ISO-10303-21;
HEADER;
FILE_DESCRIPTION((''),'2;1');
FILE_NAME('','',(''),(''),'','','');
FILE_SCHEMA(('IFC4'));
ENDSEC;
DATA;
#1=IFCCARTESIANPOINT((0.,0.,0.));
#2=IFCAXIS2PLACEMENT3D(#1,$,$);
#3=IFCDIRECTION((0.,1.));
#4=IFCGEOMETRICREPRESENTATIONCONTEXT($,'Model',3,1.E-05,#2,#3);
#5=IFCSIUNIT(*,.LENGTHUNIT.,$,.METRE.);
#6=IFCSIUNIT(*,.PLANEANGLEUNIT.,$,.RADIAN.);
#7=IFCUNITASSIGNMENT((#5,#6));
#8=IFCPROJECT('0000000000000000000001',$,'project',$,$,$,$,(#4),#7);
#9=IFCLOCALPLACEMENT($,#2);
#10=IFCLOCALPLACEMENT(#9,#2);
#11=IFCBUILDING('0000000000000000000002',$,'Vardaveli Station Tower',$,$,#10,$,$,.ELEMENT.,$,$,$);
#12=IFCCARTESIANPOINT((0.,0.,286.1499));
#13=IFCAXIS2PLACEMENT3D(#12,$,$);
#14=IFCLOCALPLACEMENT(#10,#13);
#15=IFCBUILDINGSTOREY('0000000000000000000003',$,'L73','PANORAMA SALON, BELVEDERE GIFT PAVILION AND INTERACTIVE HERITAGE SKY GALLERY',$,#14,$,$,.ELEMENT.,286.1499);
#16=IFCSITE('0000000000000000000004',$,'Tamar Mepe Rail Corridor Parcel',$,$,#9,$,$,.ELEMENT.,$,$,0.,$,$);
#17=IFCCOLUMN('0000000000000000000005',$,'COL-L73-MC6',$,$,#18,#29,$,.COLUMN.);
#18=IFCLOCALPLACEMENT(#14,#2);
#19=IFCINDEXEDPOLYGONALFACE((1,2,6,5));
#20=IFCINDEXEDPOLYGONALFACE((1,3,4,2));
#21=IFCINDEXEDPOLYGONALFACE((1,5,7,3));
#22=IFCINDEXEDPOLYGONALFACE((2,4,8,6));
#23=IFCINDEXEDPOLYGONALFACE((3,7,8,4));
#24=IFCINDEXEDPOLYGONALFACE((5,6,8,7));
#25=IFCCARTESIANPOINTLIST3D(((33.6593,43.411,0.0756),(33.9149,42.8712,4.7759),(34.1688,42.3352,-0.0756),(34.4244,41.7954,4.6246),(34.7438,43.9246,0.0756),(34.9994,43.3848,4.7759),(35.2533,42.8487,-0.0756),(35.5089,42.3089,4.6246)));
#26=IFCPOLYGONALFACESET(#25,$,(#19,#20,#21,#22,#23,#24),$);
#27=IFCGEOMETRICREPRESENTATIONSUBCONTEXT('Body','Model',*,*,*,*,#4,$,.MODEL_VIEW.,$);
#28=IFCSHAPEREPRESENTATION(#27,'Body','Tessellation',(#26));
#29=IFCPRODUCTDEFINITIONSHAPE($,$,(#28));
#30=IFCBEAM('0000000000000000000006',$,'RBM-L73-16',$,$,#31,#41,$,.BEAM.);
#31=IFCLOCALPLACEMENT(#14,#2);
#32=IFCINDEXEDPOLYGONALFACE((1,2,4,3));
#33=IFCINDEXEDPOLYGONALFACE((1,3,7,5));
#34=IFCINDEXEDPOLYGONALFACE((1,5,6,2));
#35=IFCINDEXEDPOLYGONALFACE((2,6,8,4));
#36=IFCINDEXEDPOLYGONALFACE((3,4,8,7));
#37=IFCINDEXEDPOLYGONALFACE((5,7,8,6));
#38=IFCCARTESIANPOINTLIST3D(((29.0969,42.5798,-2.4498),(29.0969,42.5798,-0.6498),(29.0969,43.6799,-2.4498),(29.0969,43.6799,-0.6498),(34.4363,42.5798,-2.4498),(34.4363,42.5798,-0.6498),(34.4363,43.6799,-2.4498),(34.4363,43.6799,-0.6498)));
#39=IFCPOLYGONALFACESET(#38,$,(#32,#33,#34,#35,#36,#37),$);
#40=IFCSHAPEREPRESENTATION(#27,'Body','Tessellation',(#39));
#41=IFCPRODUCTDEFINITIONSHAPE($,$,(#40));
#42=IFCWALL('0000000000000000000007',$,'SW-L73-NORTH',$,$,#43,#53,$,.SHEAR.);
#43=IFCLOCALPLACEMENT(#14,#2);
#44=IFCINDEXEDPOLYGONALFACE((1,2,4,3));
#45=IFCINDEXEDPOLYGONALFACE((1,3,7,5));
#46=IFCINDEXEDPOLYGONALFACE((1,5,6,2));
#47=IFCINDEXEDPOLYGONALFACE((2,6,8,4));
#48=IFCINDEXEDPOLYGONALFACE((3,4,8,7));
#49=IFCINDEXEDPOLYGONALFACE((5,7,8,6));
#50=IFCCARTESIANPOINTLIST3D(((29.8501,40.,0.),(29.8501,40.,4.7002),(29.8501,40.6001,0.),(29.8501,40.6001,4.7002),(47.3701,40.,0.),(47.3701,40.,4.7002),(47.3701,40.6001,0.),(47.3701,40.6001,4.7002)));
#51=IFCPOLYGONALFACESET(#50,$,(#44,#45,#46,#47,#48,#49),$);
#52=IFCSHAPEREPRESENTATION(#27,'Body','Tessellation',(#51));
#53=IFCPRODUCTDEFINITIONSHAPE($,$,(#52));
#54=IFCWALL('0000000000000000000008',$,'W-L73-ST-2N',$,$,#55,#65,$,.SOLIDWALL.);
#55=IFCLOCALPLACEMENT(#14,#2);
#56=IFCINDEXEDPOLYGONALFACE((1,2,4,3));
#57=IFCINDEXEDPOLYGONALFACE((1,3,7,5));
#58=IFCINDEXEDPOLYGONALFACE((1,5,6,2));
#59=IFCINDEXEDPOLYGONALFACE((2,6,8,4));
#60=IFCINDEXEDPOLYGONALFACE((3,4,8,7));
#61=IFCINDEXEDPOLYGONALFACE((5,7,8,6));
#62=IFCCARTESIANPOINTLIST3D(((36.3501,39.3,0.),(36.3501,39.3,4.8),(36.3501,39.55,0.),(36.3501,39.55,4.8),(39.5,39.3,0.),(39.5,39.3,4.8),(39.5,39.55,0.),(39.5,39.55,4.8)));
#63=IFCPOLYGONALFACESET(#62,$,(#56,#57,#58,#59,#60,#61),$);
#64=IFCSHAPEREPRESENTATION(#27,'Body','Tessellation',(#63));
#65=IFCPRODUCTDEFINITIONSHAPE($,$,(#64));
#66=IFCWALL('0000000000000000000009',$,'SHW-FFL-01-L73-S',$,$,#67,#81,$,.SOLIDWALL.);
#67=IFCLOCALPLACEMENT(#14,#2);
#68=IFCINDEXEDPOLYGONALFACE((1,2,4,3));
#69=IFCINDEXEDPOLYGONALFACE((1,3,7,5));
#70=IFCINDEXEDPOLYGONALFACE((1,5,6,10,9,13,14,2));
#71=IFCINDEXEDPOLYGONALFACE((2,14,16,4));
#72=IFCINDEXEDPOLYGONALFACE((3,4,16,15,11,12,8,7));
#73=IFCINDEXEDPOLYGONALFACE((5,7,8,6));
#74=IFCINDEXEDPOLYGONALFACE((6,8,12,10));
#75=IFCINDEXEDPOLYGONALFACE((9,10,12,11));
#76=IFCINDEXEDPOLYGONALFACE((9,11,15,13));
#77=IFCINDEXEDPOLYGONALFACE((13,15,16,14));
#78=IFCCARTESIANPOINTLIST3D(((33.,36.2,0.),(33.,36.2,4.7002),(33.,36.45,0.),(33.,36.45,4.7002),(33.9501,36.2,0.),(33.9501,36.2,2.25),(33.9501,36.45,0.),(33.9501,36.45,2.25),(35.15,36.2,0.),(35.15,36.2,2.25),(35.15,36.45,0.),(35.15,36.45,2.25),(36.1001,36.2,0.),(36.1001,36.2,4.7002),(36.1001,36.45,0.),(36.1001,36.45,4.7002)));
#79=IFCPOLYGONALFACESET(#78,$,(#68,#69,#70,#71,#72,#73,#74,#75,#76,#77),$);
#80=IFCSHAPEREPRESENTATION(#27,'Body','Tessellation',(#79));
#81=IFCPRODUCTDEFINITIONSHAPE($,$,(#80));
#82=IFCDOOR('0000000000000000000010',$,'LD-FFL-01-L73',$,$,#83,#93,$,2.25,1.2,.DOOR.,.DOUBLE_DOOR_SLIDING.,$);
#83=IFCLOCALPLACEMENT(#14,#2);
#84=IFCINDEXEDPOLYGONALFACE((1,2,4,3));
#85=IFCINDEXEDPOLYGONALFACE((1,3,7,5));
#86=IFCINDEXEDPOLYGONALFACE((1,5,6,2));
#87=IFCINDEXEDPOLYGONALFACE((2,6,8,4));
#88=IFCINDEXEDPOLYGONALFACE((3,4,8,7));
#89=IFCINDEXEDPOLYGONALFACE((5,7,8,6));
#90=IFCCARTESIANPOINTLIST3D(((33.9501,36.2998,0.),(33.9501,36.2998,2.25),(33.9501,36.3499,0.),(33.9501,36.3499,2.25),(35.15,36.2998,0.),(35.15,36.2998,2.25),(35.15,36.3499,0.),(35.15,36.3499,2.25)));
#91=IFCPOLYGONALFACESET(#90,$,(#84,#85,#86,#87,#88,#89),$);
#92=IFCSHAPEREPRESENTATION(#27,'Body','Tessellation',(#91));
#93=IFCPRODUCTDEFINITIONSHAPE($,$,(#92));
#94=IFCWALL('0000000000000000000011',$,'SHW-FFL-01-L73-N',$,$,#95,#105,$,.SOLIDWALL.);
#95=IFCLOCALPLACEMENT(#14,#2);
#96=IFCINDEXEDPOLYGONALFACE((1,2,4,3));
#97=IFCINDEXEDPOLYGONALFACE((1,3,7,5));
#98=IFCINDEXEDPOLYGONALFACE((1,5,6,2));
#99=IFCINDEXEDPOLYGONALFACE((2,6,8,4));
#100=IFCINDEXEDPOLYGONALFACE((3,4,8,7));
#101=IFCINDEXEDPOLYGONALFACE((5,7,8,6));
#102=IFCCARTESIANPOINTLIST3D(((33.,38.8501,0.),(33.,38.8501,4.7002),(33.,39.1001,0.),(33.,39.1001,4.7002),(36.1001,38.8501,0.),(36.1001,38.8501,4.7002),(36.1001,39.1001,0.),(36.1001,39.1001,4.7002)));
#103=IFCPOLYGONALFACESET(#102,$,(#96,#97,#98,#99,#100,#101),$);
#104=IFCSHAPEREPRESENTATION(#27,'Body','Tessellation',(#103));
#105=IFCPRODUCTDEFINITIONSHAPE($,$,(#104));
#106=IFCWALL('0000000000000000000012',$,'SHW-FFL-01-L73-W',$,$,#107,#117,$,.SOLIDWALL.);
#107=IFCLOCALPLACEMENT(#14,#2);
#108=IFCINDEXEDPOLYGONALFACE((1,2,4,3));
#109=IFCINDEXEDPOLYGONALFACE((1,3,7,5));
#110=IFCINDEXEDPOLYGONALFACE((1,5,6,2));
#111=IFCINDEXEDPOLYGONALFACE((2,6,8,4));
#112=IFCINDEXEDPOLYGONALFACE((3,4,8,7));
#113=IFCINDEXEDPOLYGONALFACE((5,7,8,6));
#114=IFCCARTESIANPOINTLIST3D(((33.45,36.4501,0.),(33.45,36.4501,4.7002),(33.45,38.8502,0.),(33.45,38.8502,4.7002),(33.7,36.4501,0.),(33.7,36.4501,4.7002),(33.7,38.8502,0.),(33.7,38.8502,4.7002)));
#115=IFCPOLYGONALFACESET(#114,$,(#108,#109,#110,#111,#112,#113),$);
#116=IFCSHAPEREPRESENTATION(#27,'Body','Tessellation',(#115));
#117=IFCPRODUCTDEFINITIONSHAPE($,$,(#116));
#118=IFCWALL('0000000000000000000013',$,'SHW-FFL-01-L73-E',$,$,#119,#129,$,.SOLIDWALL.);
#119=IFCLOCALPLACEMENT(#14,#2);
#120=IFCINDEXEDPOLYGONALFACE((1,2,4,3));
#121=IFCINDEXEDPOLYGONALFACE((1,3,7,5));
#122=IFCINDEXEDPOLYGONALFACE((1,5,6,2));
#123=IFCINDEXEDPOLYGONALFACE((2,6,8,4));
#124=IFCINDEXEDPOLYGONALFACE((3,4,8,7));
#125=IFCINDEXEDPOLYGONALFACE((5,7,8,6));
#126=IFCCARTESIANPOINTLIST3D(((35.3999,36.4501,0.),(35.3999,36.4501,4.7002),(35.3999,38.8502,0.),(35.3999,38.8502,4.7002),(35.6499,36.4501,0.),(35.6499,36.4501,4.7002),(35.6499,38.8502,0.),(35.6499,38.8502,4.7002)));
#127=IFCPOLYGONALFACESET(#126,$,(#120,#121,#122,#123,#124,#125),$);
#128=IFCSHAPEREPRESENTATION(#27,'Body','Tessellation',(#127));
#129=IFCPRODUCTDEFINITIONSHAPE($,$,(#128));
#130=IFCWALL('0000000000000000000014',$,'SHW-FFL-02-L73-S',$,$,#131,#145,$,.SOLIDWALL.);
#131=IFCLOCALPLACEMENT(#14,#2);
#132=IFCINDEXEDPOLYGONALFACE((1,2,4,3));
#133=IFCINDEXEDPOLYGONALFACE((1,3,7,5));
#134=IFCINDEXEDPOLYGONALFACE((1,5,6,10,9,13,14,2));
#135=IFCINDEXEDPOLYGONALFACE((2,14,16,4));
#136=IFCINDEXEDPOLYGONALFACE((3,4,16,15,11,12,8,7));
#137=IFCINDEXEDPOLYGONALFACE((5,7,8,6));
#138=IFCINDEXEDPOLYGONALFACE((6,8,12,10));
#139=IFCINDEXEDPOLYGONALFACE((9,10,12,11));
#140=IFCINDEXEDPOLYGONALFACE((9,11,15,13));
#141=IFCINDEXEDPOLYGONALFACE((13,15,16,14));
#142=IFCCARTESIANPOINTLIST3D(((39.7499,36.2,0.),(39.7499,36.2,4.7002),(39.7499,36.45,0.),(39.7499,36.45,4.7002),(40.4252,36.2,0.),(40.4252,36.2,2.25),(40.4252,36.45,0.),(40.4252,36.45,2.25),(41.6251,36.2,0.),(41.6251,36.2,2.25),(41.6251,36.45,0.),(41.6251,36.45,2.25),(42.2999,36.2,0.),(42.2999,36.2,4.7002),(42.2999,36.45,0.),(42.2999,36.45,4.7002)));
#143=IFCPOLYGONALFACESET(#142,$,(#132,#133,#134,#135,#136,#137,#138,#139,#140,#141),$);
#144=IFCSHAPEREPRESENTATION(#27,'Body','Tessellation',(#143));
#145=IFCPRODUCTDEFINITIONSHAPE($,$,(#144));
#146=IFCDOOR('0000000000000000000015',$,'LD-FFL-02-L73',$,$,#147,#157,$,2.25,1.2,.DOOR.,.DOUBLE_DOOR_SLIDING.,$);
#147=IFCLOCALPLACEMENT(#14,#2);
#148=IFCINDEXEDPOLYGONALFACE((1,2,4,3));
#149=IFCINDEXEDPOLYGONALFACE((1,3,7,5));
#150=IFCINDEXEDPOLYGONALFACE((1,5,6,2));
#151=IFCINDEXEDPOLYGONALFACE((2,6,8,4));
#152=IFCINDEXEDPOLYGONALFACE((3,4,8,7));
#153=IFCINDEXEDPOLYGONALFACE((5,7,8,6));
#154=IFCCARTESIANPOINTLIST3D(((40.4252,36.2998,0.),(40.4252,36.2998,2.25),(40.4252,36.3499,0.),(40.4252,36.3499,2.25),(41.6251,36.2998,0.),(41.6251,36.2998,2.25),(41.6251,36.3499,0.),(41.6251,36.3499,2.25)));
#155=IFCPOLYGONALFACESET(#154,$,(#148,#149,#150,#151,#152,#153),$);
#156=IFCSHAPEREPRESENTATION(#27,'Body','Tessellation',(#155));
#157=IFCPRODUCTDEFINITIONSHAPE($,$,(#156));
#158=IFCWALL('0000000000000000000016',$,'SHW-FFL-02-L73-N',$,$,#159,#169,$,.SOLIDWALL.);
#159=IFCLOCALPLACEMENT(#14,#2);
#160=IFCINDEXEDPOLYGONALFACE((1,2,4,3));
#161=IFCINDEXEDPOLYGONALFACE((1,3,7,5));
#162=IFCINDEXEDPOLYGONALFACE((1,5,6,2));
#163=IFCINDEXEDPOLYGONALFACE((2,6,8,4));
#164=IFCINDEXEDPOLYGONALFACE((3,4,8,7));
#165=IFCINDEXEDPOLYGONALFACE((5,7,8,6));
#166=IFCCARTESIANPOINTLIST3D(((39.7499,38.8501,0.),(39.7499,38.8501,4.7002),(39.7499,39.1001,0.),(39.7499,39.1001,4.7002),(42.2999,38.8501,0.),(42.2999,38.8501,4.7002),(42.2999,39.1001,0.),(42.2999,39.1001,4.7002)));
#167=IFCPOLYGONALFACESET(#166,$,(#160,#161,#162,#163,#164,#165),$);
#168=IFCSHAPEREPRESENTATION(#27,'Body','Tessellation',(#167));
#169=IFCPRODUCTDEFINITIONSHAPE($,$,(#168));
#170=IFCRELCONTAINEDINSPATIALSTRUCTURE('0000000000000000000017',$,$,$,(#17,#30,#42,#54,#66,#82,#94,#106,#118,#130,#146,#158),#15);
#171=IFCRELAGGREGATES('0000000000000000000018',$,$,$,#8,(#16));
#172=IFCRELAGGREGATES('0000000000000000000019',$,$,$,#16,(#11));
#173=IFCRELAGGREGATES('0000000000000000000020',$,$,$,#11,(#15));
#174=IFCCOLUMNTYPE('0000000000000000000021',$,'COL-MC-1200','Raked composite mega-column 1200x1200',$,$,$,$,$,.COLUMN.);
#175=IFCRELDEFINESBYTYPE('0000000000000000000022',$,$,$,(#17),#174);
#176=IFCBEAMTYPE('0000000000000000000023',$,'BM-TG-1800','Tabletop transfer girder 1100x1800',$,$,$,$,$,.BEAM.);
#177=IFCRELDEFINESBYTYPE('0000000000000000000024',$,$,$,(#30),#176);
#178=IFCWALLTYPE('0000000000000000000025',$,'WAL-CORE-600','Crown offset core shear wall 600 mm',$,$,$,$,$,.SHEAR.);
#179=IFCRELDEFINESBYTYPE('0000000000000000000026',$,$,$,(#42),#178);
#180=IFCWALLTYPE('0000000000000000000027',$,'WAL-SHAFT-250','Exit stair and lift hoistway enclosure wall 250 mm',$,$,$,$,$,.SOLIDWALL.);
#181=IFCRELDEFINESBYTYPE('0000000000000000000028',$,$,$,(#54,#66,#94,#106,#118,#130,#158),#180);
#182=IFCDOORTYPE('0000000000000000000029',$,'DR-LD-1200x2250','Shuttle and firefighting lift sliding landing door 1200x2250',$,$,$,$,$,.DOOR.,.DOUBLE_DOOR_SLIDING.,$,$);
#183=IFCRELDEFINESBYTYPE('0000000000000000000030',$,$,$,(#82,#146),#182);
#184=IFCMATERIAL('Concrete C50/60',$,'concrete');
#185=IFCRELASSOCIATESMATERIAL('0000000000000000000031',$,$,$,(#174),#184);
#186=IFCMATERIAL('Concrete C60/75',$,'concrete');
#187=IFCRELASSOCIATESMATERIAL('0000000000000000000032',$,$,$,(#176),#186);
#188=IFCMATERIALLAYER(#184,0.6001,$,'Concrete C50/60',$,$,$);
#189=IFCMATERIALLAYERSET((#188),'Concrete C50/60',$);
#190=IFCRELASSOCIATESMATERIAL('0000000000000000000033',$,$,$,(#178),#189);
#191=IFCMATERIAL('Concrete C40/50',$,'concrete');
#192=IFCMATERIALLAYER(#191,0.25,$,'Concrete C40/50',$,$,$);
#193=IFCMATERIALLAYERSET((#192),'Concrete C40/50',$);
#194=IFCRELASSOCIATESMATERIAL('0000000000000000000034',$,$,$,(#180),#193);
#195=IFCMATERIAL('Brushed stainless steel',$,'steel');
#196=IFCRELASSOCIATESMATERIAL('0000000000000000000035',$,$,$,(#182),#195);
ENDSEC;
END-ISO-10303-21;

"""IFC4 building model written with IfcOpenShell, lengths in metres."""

from ifc_helpers import new_model, si_unit, direction, frame, frame_2d, origin, origin_2d, place, context, subcontext, project, spatial, rectangle, extrude, source, transform, mapped, material, layer, layer_set, material_profile, profile_set, type_object, element, fill, save


model = new_model("IFC4")

# Units and contexts
model_context = context("Model", 3, precision=1e-05, world=origin(), true_north=direction((0.0, 1.0)))
body_context = subcontext(model_context, "Body", "Model", "MODEL_VIEW")
ifc_project = project(units=[si_unit("LENGTHUNIT", "METRE"), si_unit("PLANEANGLEUNIT", "RADIAN")], contexts=[model_context])

# Site, building, storey
site_placement = place(None, origin())
site = spatial("IfcSite", under=ifc_project, at=site_placement, Name="Tamar Mepe Rail Corridor Parcel", CompositionType="ELEMENT", RefElevation=0.0)
building_placement = place(site_placement, origin())
building = spatial("IfcBuilding", under=site, at=building_placement, Name="Vardaveli Station Tower", CompositionType="ELEMENT")
storey_placement = place(building_placement, frame((0.0, 0.0, 286.1499)))
storey = spatial("IfcBuildingStorey", under=building, at=storey_placement, Name="L73", Description="PANORAMA SALON, BELVEDERE GIFT PAVILION AND INTERACTIVE HERITAGE SKY GALLERY", CompositionType="ELEMENT", Elevation=286.1499)

# Column
ifc_material_1 = material(Name="Concrete C50/60", Category="concrete")
ifc_material_profile_1 = material_profile(ifc_material_1, rectangle(XDim=1.2, YDim=1.2, at=origin_2d()), Name="MC 1200x1200")
ifc_profile_set_1 = profile_set([ifc_material_profile_1], Name="Concrete C50/60")
column_type = type_object("IfcColumnType", Name="COL-MC-1200", Description="Raked composite mega-column 1200x1200", PredefinedType="COLUMN", material=ifc_profile_set_1)
shared_shape_1 = source(origin(), body_context, "Body", "SweptSolid", [
    extrude(rectangle(XDim=1.2, YDim=1.2, at=origin_2d()), origin(), (0.0, 0.0, 1.0), 4.738),
])
column_placement = place(storey_placement, frame((34.4563, 43.1299, 0.0), z_axis=(0.05395, -0.113929, 0.992023), x_axis=(0.903788, 0.427981, 0.0)))
element("IfcColumn", 1, at=column_placement, inside=storey, type_object=column_type, Name="COL-L73-MC6", PredefinedType="COLUMN", context=body_context, shape_type="MappedRepresentation", body=[
    mapped(shared_shape_1, transform((0.0, 0.0, 0.0), scale=1.0)),
])

# Beam
ifc_material_2 = material(Name="Concrete C60/75", Category="concrete")
ifc_material_profile_2 = material_profile(ifc_material_2, rectangle(XDim=1.1001, YDim=1.8, at=origin_2d()), Name="TG 1100x1800")
ifc_profile_set_2 = profile_set([ifc_material_profile_2], Name="Concrete C60/75")
beam_type = type_object("IfcBeamType", Name="BM-TG-1800", Description="Tabletop transfer girder 1100x1800", PredefinedType="BEAM", material=ifc_profile_set_2)
shared_shape_2 = source(origin(), body_context, "Body", "SweptSolid", [
    extrude(rectangle(XDim=1.1001, YDim=1.8, at=origin_2d()), origin(), (0.0, 0.0, 1.0), 5.3394),
])
beam_placement = place(storey_placement, frame((34.4363, 43.1299, -1.5498), z_axis=(-1.0, 0.0, 0.0), x_axis=(0.0, -1.0, 0.0)))
element("IfcBeam", 2, at=beam_placement, inside=storey, type_object=beam_type, Name="RBM-L73-16", PredefinedType="BEAM", context=body_context, shape_type="MappedRepresentation", body=[
    mapped(shared_shape_2, transform((0.0, 0.0, 0.0), scale=1.0)),
])

# Walls
ifc_layer_1 = layer(ifc_material_1, 0.6001, Name="Concrete C50/60")
ifc_layer_set_1 = layer_set([ifc_layer_1], Name="Concrete C50/60")
wall_type_1 = type_object("IfcWallType", Name="WAL-CORE-600", Description="Crown offset core shear wall 600 mm", PredefinedType="SHEAR", material=ifc_layer_set_1)
shared_shape_3 = source(origin(), body_context, "Body", "SweptSolid", [
    extrude(rectangle(XDim=17.52, YDim=0.6001, at=frame_2d((8.76, 0.0))), origin(), (0.0, 0.0, 1.0), 4.7002),
])
wall_1_placement = place(storey_placement, frame((29.8501, 40.3, 0.0), z_axis=(0.0, 0.0, 1.0), x_axis=(1.0, 0.0, 0.0)))
element("IfcWall", 3, at=wall_1_placement, inside=storey, type_object=wall_type_1, Name="SW-L73-NORTH", PredefinedType="SHEAR", context=body_context, shape_type="MappedRepresentation", body=[
    mapped(shared_shape_3, transform((0.0, 0.0, 0.0), scale=1.0)),
])
ifc_material_3 = material(Name="Concrete C40/50", Category="concrete")
ifc_layer_2 = layer(ifc_material_3, 0.25, Name="Concrete C40/50")
ifc_layer_set_2 = layer_set([ifc_layer_2], Name="Concrete C40/50")
wall_type_2 = type_object("IfcWallType", Name="WAL-SHAFT-250", Description="Exit stair and lift hoistway enclosure wall 250 mm", PredefinedType="SOLIDWALL", material=ifc_layer_set_2)
shared_shape_4 = source(origin(), body_context, "Body", "SweptSolid", [
    extrude(rectangle(XDim=3.1499, YDim=0.25, at=frame_2d((1.575, 0.0))), origin(), (0.0, 0.0, 1.0), 4.8),
])
wall_2_placement = place(storey_placement, frame((36.3501, 39.425, 0.0), z_axis=(0.0, 0.0, 1.0), x_axis=(1.0, 0.0, 0.0)))
element("IfcWall", 4, at=wall_2_placement, inside=storey, type_object=wall_type_2, Name="W-L73-ST-2N", PredefinedType="SOLIDWALL", context=body_context, shape_type="MappedRepresentation", body=[
    mapped(shared_shape_4, transform((0.0, 0.0, 0.0), scale=1.0)),
])

# Wall, opening, door
shared_shape_5 = source(origin(), body_context, "Body", "SweptSolid", [
    extrude(rectangle(XDim=3.1001, YDim=0.25, at=frame_2d((1.55, 0.0))), origin(), (0.0, 0.0, 1.0), 4.7002),
])
wall_3_placement = place(storey_placement, frame((33.0, 36.325, 0.0), z_axis=(0.0, 0.0, 1.0), x_axis=(1.0, 0.0, 0.0)))
wall_3 = element("IfcWall", 5, at=wall_3_placement, inside=storey, type_object=wall_type_2, Name="SHW-FFL-01-L73-S", PredefinedType="SOLIDWALL", context=body_context, shape_type="MappedRepresentation", body=[
    mapped(shared_shape_5, transform((0.0, 0.0, 0.0), scale=1.0)),
])
shared_shape_6 = source(origin(), body_context, "Body", "SweptSolid", [
    extrude(rectangle(XDim=1.2, YDim=2.25, at=frame_2d((0.6001, 1.125))), frame((0.0, 0.135, 0.0), z_axis=(0.0, -1.0, 0.0), x_axis=(1.0, 0.0, 0.0)), (0.0, 0.0, 1.0), 0.27),
])
opening_1_placement = place(wall_3_placement, frame((0.95, 0.0, 0.0)))
opening_1 = element("IfcOpeningElement", 6, at=opening_1_placement, cuts=wall_3, PredefinedType="OPENING", context=body_context, shape_type="MappedRepresentation", body=[
    mapped(shared_shape_6, transform((0.0, 0.0, 0.0), scale=1.0)),
])
ifc_material_4 = material(Name="Brushed stainless steel", Category="steel")
door_type = type_object("IfcDoorType", Name="DR-LD-1200x2250", Description="Shuttle and firefighting lift sliding landing door 1200x2250", OperationType="DOUBLE_DOOR_SLIDING", PredefinedType="DOOR", material=ifc_material_4)
shared_shape_7 = source(origin(), body_context, "Body", "SweptSolid", [
    extrude(rectangle(XDim=1.2, YDim=2.25, at=frame_2d((0.6001, 1.125))), frame((0.0, 0.0249, 0.0), z_axis=(0.0, -1.0, 0.0), x_axis=(1.0, 0.0, 0.0)), (0.0, 0.0, 1.0), 0.05),
])
door_1_placement = place(opening_1_placement, origin())
door_1 = element("IfcDoor", 7, at=door_1_placement, inside=storey, type_object=door_type, Name="LD-FFL-01-L73", OperationType="DOUBLE_DOOR_SLIDING", OverallHeight=2.25, OverallWidth=1.2, PredefinedType="DOOR", context=body_context, shape_type="MappedRepresentation", body=[
    mapped(shared_shape_7, transform((0.0, 0.0, 0.0), scale=1.0)),
])
fill(opening_1, door_1)

# Walls
wall_4_placement = place(storey_placement, frame((33.0, 38.9751, 0.0), z_axis=(0.0, 0.0, 1.0), x_axis=(1.0, 0.0, 0.0)))
element("IfcWall", 8, at=wall_4_placement, inside=storey, type_object=wall_type_2, Name="SHW-FFL-01-L73-N", PredefinedType="SOLIDWALL", context=body_context, shape_type="MappedRepresentation", body=[
    mapped(shared_shape_5, transform((0.0, 0.0, 0.0), scale=1.0)),
])
shared_shape_8 = source(origin(), body_context, "Body", "SweptSolid", [
    extrude(rectangle(XDim=2.4001, YDim=0.25, at=frame_2d((1.2002, 0.0))), origin(), (0.0, 0.0, 1.0), 4.7002),
])
for number, where, z_axis, x_axis, name in (
    (9, (33.575, 36.45, 0.0), (0.0, 0.0, 1.0), (0.0, 1.0, 0.0), "SHW-FFL-01-L73-W"),
    (10, (35.5249, 36.45, 0.0), (0.0, 0.0, 1.0), (0.0, 1.0, 0.0), "SHW-FFL-01-L73-E"),
):
    element("IfcWall", number, at=place(storey_placement, frame(where, z_axis=z_axis, x_axis=x_axis)), inside=storey, type_object=wall_type_2, Name=name, PredefinedType="SOLIDWALL", context=body_context, shape_type="MappedRepresentation", body=[
        mapped(shared_shape_8, transform((0.0, 0.0, 0.0), scale=1.0)),
    ])

# Wall, opening, door
shared_shape_9 = source(origin(), body_context, "Body", "SweptSolid", [
    extrude(rectangle(XDim=2.55, YDim=0.25, at=frame_2d((1.2749, 0.0))), origin(), (0.0, 0.0, 1.0), 4.7002),
])
wall_5_placement = place(storey_placement, frame((39.75, 36.325, 0.0), z_axis=(0.0, 0.0, 1.0), x_axis=(1.0, 0.0, 0.0)))
wall_5 = element("IfcWall", 11, at=wall_5_placement, inside=storey, type_object=wall_type_2, Name="SHW-FFL-02-L73-S", PredefinedType="SOLIDWALL", context=body_context, shape_type="MappedRepresentation", body=[
    mapped(shared_shape_9, transform((0.0, 0.0, 0.0), scale=1.0)),
])
opening_2_placement = place(wall_5_placement, frame((0.675, 0.0, 0.0)))
opening_2 = element("IfcOpeningElement", 12, at=opening_2_placement, cuts=wall_5, PredefinedType="OPENING", context=body_context, shape_type="MappedRepresentation", body=[
    mapped(shared_shape_6, transform((0.0, 0.0, 0.0), scale=1.0)),
])
door_2_placement = place(opening_2_placement, origin())
door_2 = element("IfcDoor", 13, at=door_2_placement, inside=storey, type_object=door_type, Name="LD-FFL-02-L73", OperationType="DOUBLE_DOOR_SLIDING", OverallHeight=2.25, OverallWidth=1.2, PredefinedType="DOOR", context=body_context, shape_type="MappedRepresentation", body=[
    mapped(shared_shape_7, transform((0.0, 0.0, 0.0), scale=1.0)),
])
fill(opening_2, door_2)

# Wall
wall_6_placement = place(storey_placement, frame((39.75, 38.9751, 0.0), z_axis=(0.0, 0.0, 1.0), x_axis=(1.0, 0.0, 0.0)))
element("IfcWall", 14, at=wall_6_placement, inside=storey, type_object=wall_type_2, Name="SHW-FFL-02-L73-N", PredefinedType="SOLIDWALL", context=body_context, shape_type="MappedRepresentation", body=[
    mapped(shared_shape_9, transform((0.0, 0.0, 0.0), scale=1.0)),
])

save(model, "model.ifc")
